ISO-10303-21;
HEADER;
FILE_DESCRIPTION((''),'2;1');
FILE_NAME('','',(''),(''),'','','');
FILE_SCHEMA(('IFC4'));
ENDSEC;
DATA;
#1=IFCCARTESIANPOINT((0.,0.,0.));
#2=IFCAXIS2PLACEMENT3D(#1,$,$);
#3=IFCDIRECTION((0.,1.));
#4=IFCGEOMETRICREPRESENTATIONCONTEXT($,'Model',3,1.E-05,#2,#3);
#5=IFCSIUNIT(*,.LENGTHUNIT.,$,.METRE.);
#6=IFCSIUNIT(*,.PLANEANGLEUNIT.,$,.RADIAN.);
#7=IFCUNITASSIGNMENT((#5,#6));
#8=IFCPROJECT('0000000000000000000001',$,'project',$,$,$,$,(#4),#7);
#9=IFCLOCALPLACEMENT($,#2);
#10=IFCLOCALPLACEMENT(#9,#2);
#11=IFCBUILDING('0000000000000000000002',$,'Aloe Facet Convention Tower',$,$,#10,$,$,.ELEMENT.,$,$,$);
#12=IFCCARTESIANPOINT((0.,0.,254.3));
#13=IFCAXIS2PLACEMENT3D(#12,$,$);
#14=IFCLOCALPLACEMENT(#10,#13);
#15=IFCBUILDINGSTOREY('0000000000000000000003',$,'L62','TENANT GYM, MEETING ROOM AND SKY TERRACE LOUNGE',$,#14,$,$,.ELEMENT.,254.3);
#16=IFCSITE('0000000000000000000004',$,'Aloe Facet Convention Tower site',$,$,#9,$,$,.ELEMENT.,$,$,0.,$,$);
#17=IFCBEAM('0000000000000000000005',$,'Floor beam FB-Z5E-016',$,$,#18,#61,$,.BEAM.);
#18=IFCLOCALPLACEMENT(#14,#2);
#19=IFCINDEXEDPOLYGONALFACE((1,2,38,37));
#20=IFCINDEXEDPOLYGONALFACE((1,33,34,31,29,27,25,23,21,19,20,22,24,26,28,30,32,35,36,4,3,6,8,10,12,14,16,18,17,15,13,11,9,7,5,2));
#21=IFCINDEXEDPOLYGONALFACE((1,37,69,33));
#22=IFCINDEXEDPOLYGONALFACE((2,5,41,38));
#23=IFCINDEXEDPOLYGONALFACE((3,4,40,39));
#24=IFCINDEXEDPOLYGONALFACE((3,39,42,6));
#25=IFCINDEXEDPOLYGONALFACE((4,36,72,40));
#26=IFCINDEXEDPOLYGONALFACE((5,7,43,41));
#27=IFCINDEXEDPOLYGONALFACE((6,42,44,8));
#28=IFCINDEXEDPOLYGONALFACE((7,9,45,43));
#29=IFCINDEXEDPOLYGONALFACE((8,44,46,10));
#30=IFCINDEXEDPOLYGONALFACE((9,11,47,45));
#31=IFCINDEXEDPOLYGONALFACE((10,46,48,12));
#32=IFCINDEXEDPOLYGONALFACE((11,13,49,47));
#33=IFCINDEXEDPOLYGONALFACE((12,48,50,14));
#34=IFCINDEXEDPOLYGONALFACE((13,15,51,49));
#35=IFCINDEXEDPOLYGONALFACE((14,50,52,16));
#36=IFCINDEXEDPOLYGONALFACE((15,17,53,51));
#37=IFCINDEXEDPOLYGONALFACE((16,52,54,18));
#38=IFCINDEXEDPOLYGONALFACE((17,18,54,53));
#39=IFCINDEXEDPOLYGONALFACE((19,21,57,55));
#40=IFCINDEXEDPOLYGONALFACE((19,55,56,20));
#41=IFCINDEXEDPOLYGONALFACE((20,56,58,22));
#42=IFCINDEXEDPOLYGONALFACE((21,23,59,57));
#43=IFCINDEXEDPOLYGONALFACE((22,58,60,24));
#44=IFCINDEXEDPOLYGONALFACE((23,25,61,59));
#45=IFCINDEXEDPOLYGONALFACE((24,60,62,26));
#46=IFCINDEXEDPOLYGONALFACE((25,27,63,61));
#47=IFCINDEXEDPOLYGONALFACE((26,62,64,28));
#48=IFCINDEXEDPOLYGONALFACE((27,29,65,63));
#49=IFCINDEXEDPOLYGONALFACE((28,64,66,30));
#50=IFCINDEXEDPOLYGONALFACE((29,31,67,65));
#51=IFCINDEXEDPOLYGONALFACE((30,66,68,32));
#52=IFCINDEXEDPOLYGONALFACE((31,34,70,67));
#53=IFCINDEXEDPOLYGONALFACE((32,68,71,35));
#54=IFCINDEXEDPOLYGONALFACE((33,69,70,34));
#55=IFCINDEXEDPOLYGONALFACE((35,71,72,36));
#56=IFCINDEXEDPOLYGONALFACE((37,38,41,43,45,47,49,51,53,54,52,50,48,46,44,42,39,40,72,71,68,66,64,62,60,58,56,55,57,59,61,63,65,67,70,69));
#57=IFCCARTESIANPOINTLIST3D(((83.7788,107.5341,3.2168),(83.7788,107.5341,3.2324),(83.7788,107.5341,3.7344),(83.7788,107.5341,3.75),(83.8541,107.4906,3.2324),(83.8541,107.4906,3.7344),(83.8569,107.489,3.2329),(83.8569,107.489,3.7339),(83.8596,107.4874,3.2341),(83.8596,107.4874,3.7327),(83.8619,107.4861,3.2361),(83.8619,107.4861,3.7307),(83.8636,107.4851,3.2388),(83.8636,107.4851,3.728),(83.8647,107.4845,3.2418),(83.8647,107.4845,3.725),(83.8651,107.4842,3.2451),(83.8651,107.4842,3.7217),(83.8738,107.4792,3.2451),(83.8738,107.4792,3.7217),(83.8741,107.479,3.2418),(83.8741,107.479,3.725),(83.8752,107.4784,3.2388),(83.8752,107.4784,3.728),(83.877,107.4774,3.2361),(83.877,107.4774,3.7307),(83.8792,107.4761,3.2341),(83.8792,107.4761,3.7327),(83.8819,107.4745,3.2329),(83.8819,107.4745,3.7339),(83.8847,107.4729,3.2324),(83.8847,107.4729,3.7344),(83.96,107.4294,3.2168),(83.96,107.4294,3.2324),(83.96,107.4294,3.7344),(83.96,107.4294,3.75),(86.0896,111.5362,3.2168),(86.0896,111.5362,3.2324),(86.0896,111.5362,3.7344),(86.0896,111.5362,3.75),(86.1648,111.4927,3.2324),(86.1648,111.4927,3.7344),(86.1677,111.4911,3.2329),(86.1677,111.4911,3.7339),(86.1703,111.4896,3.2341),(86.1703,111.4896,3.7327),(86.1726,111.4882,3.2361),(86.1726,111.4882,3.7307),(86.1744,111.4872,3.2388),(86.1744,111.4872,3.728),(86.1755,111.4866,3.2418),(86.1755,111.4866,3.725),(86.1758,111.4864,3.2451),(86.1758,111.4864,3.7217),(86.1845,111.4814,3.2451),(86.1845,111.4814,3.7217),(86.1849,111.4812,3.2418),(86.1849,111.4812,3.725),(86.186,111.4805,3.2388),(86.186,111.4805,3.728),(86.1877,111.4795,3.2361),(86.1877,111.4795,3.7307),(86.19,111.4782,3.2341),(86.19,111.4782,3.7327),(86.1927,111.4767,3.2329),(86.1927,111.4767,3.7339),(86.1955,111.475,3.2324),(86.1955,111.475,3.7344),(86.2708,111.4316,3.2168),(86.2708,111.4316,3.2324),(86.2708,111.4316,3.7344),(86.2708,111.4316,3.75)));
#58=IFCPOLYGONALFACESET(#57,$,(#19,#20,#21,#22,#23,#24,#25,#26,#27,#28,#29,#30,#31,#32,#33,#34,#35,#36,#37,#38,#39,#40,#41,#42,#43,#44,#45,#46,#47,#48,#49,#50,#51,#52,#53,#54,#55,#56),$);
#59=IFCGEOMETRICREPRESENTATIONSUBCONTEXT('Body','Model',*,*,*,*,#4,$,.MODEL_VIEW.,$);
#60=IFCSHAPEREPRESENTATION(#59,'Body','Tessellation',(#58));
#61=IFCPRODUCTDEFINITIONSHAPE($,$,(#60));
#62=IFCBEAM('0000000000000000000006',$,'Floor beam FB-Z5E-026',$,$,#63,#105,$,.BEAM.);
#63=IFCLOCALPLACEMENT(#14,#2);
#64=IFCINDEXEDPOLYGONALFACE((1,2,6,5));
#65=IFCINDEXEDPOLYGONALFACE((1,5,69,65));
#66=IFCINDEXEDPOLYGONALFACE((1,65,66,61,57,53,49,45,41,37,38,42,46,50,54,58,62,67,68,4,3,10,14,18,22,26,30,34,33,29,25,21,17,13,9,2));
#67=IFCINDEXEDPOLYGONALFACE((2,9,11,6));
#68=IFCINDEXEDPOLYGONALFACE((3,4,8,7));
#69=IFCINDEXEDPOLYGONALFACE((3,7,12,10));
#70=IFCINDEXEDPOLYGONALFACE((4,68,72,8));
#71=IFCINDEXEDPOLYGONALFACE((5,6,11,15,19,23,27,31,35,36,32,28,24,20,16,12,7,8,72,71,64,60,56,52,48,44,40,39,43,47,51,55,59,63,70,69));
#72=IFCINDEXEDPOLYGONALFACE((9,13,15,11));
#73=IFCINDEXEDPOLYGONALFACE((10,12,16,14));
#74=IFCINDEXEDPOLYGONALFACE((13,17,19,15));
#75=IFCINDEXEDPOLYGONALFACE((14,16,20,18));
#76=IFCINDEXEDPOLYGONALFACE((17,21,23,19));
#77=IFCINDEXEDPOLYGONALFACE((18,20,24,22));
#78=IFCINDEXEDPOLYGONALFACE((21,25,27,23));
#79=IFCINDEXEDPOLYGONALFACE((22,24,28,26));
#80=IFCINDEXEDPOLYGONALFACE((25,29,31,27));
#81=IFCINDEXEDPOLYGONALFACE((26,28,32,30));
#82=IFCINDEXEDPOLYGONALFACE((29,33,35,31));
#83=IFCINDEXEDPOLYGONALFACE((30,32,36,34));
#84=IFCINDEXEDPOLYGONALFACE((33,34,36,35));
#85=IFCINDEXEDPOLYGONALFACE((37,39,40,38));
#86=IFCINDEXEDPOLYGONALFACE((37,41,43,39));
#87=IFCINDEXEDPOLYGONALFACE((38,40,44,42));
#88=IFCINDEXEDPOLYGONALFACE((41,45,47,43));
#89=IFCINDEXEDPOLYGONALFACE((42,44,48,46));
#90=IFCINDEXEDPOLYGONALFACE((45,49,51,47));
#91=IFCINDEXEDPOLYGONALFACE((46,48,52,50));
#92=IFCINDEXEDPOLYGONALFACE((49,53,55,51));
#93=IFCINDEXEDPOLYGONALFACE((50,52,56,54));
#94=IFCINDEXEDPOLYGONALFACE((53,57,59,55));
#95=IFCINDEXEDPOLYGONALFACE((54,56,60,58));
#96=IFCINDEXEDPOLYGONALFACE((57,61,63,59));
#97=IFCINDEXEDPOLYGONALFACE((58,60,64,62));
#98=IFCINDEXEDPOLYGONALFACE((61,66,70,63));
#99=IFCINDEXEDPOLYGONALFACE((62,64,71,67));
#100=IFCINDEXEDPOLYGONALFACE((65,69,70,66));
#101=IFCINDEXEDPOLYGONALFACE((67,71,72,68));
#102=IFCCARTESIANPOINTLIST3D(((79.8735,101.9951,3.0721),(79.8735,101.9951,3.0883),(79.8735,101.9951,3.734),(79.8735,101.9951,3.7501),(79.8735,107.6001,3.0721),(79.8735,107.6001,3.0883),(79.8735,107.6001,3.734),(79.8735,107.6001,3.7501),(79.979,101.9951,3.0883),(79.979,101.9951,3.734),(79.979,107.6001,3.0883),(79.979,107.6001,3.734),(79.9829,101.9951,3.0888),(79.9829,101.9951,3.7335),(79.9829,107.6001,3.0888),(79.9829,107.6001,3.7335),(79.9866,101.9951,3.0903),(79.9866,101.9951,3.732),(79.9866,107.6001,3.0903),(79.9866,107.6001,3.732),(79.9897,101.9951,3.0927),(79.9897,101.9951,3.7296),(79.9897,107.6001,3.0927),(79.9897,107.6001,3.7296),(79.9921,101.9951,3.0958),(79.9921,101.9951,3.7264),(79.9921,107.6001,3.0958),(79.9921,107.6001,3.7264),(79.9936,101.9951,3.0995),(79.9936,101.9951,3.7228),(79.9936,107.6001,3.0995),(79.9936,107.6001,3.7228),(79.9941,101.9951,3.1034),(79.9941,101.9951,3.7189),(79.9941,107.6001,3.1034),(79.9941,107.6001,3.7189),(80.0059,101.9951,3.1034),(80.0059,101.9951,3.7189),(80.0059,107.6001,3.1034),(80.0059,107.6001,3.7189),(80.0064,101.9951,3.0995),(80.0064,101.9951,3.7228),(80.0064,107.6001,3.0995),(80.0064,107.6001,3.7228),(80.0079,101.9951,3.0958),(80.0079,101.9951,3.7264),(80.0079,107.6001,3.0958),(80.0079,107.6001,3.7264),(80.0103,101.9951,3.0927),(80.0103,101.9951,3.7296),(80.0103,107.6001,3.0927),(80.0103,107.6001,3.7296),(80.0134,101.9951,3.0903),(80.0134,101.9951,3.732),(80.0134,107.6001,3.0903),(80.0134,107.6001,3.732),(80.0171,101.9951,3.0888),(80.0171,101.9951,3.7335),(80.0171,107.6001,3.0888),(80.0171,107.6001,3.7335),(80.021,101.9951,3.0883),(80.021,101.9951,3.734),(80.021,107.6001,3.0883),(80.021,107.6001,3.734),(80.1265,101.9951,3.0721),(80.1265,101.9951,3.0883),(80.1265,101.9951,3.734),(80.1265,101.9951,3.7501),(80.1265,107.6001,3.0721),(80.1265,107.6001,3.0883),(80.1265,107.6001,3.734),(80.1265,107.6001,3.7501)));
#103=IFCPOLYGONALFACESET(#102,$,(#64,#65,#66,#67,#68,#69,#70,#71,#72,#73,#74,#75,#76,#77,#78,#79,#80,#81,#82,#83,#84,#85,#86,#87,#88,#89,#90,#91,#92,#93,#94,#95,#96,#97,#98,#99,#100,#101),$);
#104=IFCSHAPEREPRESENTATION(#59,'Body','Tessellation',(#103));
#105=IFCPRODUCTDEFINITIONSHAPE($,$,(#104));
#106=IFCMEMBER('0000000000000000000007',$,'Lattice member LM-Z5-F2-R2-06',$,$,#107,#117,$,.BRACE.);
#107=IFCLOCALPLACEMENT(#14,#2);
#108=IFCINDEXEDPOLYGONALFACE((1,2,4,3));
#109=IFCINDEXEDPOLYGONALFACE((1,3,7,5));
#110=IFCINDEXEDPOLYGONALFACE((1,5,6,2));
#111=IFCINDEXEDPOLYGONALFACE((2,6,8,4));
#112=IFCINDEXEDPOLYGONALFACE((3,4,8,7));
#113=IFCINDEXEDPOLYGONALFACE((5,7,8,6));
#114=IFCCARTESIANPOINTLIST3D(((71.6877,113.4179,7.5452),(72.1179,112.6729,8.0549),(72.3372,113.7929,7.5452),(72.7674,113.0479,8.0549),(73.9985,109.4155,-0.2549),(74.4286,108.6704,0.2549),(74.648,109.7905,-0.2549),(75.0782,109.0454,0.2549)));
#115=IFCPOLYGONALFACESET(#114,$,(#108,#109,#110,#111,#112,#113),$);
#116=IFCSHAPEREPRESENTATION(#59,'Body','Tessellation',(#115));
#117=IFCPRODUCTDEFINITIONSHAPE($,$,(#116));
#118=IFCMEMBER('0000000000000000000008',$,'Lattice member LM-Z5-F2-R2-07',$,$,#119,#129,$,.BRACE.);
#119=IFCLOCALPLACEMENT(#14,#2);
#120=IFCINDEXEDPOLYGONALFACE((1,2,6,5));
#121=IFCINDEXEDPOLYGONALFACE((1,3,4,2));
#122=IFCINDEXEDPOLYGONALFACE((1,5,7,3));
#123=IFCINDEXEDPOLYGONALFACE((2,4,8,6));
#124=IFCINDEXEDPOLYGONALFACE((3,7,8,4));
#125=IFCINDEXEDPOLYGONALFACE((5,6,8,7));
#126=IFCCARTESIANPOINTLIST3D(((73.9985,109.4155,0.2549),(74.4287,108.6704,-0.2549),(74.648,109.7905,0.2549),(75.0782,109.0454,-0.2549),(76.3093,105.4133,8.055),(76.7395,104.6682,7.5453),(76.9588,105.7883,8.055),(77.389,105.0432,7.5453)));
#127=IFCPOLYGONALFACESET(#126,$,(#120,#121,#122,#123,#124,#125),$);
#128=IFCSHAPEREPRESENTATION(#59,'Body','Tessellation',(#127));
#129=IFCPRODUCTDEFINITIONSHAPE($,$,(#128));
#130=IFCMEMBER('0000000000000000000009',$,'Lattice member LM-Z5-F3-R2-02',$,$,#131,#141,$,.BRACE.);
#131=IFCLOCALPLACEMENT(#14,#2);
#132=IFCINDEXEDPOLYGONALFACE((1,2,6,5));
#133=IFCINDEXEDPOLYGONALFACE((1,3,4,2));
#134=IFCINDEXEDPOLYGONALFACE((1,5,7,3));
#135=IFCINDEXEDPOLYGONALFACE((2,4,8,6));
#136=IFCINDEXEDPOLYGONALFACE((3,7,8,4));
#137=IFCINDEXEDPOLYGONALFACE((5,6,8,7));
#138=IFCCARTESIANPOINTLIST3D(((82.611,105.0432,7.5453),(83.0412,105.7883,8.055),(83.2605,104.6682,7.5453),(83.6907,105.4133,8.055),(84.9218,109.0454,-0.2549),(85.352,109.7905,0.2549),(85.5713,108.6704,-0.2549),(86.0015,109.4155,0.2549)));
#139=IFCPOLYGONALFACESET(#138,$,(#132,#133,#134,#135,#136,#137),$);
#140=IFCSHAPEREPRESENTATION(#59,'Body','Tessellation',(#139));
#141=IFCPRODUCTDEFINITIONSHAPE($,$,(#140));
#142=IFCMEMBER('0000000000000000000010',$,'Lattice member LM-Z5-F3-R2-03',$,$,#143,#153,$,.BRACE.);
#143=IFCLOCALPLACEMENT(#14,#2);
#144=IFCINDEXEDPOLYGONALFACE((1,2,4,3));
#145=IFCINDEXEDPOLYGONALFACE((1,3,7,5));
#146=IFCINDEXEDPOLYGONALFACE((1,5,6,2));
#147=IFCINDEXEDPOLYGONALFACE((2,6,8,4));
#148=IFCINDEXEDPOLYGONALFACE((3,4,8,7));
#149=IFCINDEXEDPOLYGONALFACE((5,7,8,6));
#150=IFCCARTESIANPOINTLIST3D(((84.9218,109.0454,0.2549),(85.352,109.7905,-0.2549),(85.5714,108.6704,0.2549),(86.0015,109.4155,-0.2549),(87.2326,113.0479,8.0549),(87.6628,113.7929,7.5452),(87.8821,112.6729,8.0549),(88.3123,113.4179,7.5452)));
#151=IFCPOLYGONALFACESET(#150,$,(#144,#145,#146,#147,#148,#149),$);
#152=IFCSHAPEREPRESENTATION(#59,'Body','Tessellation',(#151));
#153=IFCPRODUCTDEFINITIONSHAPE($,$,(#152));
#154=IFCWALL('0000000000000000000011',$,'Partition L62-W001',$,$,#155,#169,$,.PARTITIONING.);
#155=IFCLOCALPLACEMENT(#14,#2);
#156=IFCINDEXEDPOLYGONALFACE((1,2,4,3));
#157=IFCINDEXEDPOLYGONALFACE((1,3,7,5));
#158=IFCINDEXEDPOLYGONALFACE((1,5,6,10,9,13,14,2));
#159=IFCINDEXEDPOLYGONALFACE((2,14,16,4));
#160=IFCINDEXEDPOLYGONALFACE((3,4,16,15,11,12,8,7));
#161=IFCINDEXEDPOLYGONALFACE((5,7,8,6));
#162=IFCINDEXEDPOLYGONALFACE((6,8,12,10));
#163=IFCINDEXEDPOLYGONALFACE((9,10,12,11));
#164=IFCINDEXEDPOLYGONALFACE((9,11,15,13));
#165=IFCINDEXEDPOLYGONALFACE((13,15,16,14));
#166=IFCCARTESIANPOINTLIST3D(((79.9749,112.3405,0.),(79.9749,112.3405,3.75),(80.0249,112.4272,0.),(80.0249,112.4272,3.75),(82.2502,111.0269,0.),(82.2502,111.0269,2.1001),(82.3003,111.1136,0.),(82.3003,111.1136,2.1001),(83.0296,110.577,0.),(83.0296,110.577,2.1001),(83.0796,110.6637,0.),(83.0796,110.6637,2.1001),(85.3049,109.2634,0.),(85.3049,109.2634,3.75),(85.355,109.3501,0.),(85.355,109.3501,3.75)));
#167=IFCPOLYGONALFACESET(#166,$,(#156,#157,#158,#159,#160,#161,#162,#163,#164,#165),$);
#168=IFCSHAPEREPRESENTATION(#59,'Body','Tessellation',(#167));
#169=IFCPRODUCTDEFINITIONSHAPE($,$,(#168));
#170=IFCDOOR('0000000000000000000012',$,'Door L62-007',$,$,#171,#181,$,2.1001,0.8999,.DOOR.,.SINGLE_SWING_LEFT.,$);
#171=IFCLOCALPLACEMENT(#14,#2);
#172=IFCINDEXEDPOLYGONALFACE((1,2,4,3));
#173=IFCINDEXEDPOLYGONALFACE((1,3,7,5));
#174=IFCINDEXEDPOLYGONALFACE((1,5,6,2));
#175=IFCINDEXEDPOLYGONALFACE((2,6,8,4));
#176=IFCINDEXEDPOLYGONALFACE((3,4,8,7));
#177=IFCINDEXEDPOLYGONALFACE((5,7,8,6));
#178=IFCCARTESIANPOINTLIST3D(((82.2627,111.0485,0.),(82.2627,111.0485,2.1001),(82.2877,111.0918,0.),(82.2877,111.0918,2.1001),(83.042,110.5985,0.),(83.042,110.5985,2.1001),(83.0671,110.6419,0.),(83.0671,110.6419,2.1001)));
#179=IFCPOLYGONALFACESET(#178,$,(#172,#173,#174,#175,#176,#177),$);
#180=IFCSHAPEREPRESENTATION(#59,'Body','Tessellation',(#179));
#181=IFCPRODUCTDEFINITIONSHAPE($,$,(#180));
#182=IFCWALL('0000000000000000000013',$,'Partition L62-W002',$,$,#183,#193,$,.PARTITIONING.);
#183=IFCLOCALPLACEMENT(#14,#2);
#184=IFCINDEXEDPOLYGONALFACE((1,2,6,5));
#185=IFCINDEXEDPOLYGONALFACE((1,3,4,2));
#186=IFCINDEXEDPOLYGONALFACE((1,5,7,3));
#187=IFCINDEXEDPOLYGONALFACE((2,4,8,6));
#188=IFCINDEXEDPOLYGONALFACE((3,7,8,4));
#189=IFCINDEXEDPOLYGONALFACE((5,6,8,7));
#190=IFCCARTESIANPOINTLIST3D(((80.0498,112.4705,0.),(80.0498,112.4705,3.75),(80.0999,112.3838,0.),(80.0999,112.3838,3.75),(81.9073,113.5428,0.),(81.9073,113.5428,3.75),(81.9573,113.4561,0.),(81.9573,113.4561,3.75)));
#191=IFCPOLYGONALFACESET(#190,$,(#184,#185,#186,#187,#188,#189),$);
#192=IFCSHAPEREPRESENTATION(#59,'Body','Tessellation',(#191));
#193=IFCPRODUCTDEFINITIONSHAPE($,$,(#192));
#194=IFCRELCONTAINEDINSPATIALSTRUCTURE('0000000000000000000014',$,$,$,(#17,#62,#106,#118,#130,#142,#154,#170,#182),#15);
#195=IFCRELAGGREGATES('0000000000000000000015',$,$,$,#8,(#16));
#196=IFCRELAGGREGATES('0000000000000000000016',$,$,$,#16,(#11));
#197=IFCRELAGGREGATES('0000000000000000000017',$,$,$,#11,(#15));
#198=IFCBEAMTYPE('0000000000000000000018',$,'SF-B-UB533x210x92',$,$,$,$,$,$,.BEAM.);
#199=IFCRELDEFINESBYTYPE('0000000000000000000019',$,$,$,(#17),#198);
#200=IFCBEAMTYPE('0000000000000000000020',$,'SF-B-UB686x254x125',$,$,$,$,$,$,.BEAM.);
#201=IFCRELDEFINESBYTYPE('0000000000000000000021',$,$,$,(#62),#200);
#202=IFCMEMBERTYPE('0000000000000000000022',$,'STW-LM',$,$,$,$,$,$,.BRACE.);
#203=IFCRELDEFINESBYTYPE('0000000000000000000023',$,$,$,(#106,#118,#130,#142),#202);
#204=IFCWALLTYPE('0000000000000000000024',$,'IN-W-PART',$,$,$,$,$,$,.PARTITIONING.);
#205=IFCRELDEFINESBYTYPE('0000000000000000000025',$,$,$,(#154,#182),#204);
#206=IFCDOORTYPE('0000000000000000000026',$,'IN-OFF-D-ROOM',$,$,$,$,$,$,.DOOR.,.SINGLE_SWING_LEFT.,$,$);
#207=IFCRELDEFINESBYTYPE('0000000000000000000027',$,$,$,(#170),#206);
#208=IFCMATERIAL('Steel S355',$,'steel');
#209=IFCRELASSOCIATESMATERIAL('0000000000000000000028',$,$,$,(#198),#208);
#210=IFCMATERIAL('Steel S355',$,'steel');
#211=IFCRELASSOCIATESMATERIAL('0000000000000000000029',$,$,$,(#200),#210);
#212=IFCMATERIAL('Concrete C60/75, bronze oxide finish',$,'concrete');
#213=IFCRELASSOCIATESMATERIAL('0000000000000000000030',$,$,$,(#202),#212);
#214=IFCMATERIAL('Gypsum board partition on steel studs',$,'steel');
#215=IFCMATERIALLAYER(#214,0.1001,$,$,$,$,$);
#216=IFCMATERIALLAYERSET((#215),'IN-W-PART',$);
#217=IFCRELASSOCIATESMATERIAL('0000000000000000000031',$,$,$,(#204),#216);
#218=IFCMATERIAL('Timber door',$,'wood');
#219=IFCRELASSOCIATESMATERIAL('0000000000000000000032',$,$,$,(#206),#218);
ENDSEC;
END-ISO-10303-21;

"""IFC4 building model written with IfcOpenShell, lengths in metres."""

from ifc_helpers import new_model, si_unit, direction, frame, frame_2d, origin, origin_2d, place, context, subcontext, project, spatial, rectangle, i_section, extrude, material, layer, layer_set, material_profile, profile_set, type_object, element, fill, save


model = new_model("IFC4")

# Units and contexts
model_context = context("Model", 3, precision=1e-05, world=origin(), true_north=direction((0.0, 1.0)))
body_context = subcontext(model_context, "Body", "Model", "MODEL_VIEW")
ifc_project = project(units=[si_unit("LENGTHUNIT", "METRE"), si_unit("PLANEANGLEUNIT", "RADIAN")], contexts=[model_context])

# Site, building, storey
site_placement = place(None, origin())
site = spatial("IfcSite", under=ifc_project, at=site_placement, Name="Aloe Facet Convention Tower site", CompositionType="ELEMENT", RefElevation=0.0)
building_placement = place(site_placement, origin())
building = spatial("IfcBuilding", under=site, at=building_placement, Name="Aloe Facet Convention Tower", CompositionType="ELEMENT")
storey_placement = place(building_placement, frame((0.0, 0.0, 254.3)))
storey = spatial("IfcBuildingStorey", under=building, at=storey_placement, Name="L62", Description="TENANT GYM, MEETING ROOM AND SKY TERRACE LOUNGE", CompositionType="ELEMENT", Elevation=254.3)

# Beams
ifc_material_1 = material(Name="Steel S355", Category="steel")
ifc_material_profile_1 = material_profile(ifc_material_1, i_section(OverallWidth=0.2092, OverallDepth=0.5332, WebThickness=0.01, FlangeThickness=0.0156, FilletRadius=0.0127, at=origin_2d()), Name="UB 533x210x92")
ifc_profile_set_1 = profile_set([ifc_material_profile_1], Name="Steel S355")
beam_type_1 = type_object("IfcBeamType", Name="SF-B-UB533x210x92", PredefinedType="BEAM", material=ifc_profile_set_1)
beam_1_placement = place(storey_placement, frame((86.1802, 111.4839, 3.4834), z_axis=(-0.50002, -0.866014, 0.0), x_axis=(0.866014, -0.50002, 0.0)))
element("IfcBeam", 1, at=beam_1_placement, inside=storey, type_object=beam_type_1, Name="Floor beam FB-Z5E-016", PredefinedType="BEAM", context=body_context, shape_type="SweptSolid", body=[
    extrude(i_section(OverallWidth=0.2092, OverallDepth=0.5332, WebThickness=0.01, FlangeThickness=0.0156, FilletRadius=0.0127, at=origin_2d()), origin(), (0.0, 0.0, 1.0), 4.6213),
])
ifc_material_2 = material(Name="Steel S355", Category="steel")
ifc_material_profile_2 = material_profile(ifc_material_2, i_section(OverallWidth=0.2529, OverallDepth=0.678, WebThickness=0.0117, FlangeThickness=0.0161, FilletRadius=0.0151, at=origin_2d()), Name="UB 686x254x125")
ifc_profile_set_2 = profile_set([ifc_material_profile_2], Name="Steel S355")
beam_type_2 = type_object("IfcBeamType", Name="SF-B-UB686x254x125", PredefinedType="BEAM", material=ifc_profile_set_2)
beam_2_placement = place(storey_placement, frame((80.0, 107.6001, 3.4111), z_axis=(0.0, -1.0, 0.0), x_axis=(1.0, 0.0, 0.0)))
element("IfcBeam", 2, at=beam_2_placement, inside=storey, type_object=beam_type_2, Name="Floor beam FB-Z5E-026", PredefinedType="BEAM", context=body_context, shape_type="SweptSolid", body=[
    extrude(i_section(OverallWidth=0.2529, OverallDepth=0.678, WebThickness=0.0117, FlangeThickness=0.0161, FilletRadius=0.0151, at=origin_2d()), origin(), (0.0, 0.0, 1.0), 5.605),
])

# Members
ifc_material_3 = material(Name="Concrete C60/75, bronze oxide finish", Category="concrete")
ifc_material_profile_3 = material_profile(ifc_material_3, rectangle(XDim=0.75, YDim=1.0, at=origin_2d()), Name="STW-LM")
ifc_profile_set_3 = profile_set([ifc_material_profile_3], Name="Concrete C60/75, bronze oxide finish")
member_type = type_object("IfcMemberType", Name="STW-LM", PredefinedType="BRACE", material=ifc_profile_set_3)
for number, where, z_axis, x_axis, name in (
    (3, (74.5383, 109.2305, 0.0), (-0.254873, 0.441458, 0.860322), (-0.866027, -0.499997, 0.0), "Lattice member LM-Z5-F2-R2-06"),
    (4, (74.5383, 109.2305, 0.0), (0.254876, -0.441436, 0.860333), (0.866014, 0.50002, 0.0), "Lattice member LM-Z5-F2-R2-07"),
    (5, (85.4617, 109.2305, 0.0), (-0.254876, -0.441436, 0.860333), (0.866014, -0.50002, 0.0), "Lattice member LM-Z5-F3-R2-02"),
    (6, (85.4617, 109.2305, 0.0), (0.254873, 0.441458, 0.860322), (-0.866027, 0.499997, 0.0), "Lattice member LM-Z5-F3-R2-03"),
):
    element("IfcMember", number, at=place(storey_placement, frame(where, z_axis=z_axis, x_axis=x_axis)), inside=storey, type_object=member_type, Name=name, PredefinedType="BRACE", context=body_context, shape_type="SweptSolid", body=[
        extrude(rectangle(XDim=0.75, YDim=1.0, at=origin_2d()), origin(), (0.0, 0.0, 1.0), 9.0664),
    ])

# Wall, opening, door
ifc_material_4 = material(Name="Gypsum board partition on steel studs", Category="steel")
ifc_layer_1 = layer(ifc_material_4, 0.1001)
ifc_layer_set_1 = layer_set([ifc_layer_1], Name="IN-W-PART")
wall_type_1 = type_object("IfcWallType", Name="IN-W-PART", PredefinedType="PARTITIONING", material=ifc_layer_set_1)
wall_1_placement = place(storey_placement, frame((80.0, 112.3838, 0.0), z_axis=(0.0, 0.0, 1.0), x_axis=(0.866038, -0.499979, 0.0)))
wall_1 = element("IfcWall", 7, at=wall_1_placement, inside=storey, type_object=wall_type_1, Name="Partition L62-W001", PredefinedType="PARTITIONING", context=body_context, shape_type="SweptSolid", body=[
    extrude(rectangle(XDim=6.1545, YDim=0.1001, at=frame_2d((3.0771, 0.0))), origin(), (0.0, 0.0, 1.0), 3.75),
])
opening_placement = place(wall_1_placement, frame((2.6272, 0.0, 0.0)))
opening = element("IfcOpeningElement", 8, at=opening_placement, cuts=wall_1, PredefinedType="OPENING", context=body_context, shape_type="SweptSolid", body=[
    extrude(rectangle(XDim=0.8999, YDim=2.1001, at=frame_2d((0.45, 1.05))), frame((0.0, 0.0601, 0.0), z_axis=(0.0, -1.0, 0.0), x_axis=(1.0, 0.0, 0.0)), (0.0, 0.0, 1.0), 0.1201),
])
ifc_material_5 = material(Name="Timber door", Category="wood")
door_type = type_object("IfcDoorType", Name="IN-OFF-D-ROOM", OperationType="SINGLE_SWING_LEFT", PredefinedType="DOOR", material=ifc_material_5)
door_placement = place(opening_placement, origin())
door = element("IfcDoor", 9, at=door_placement, inside=storey, type_object=door_type, Name="Door L62-007", OperationType="SINGLE_SWING_LEFT", OverallHeight=2.1001, OverallWidth=0.8999, PredefinedType="DOOR", context=body_context, shape_type="SweptSolid", body=[
    extrude(rectangle(XDim=0.8999, YDim=2.1001, at=frame_2d((0.45, 1.05))), frame((0.0, 0.0249, 0.0), z_axis=(0.0, -1.0, 0.0), x_axis=(1.0, 0.0, 0.0)), (0.0, 0.0, 1.0), 0.05),
])
fill(opening, door)

# Wall
wall_2_placement = place(storey_placement, frame((80.075, 112.4272, 0.0), z_axis=(0.0, 0.0, 1.0), x_axis=(0.866049, 0.499959, 0.0)))
element("IfcWall", 10, at=wall_2_placement, inside=storey, type_object=wall_type_1, Name="Partition L62-W002", PredefinedType="PARTITIONING", context=body_context, shape_type="SweptSolid", body=[
    extrude(rectangle(XDim=2.1448, YDim=0.1001, at=frame_2d((1.0723, 0.0))), origin(), (0.0, 0.0, 1.0), 3.75),
])

save(model, "model.ifc")
